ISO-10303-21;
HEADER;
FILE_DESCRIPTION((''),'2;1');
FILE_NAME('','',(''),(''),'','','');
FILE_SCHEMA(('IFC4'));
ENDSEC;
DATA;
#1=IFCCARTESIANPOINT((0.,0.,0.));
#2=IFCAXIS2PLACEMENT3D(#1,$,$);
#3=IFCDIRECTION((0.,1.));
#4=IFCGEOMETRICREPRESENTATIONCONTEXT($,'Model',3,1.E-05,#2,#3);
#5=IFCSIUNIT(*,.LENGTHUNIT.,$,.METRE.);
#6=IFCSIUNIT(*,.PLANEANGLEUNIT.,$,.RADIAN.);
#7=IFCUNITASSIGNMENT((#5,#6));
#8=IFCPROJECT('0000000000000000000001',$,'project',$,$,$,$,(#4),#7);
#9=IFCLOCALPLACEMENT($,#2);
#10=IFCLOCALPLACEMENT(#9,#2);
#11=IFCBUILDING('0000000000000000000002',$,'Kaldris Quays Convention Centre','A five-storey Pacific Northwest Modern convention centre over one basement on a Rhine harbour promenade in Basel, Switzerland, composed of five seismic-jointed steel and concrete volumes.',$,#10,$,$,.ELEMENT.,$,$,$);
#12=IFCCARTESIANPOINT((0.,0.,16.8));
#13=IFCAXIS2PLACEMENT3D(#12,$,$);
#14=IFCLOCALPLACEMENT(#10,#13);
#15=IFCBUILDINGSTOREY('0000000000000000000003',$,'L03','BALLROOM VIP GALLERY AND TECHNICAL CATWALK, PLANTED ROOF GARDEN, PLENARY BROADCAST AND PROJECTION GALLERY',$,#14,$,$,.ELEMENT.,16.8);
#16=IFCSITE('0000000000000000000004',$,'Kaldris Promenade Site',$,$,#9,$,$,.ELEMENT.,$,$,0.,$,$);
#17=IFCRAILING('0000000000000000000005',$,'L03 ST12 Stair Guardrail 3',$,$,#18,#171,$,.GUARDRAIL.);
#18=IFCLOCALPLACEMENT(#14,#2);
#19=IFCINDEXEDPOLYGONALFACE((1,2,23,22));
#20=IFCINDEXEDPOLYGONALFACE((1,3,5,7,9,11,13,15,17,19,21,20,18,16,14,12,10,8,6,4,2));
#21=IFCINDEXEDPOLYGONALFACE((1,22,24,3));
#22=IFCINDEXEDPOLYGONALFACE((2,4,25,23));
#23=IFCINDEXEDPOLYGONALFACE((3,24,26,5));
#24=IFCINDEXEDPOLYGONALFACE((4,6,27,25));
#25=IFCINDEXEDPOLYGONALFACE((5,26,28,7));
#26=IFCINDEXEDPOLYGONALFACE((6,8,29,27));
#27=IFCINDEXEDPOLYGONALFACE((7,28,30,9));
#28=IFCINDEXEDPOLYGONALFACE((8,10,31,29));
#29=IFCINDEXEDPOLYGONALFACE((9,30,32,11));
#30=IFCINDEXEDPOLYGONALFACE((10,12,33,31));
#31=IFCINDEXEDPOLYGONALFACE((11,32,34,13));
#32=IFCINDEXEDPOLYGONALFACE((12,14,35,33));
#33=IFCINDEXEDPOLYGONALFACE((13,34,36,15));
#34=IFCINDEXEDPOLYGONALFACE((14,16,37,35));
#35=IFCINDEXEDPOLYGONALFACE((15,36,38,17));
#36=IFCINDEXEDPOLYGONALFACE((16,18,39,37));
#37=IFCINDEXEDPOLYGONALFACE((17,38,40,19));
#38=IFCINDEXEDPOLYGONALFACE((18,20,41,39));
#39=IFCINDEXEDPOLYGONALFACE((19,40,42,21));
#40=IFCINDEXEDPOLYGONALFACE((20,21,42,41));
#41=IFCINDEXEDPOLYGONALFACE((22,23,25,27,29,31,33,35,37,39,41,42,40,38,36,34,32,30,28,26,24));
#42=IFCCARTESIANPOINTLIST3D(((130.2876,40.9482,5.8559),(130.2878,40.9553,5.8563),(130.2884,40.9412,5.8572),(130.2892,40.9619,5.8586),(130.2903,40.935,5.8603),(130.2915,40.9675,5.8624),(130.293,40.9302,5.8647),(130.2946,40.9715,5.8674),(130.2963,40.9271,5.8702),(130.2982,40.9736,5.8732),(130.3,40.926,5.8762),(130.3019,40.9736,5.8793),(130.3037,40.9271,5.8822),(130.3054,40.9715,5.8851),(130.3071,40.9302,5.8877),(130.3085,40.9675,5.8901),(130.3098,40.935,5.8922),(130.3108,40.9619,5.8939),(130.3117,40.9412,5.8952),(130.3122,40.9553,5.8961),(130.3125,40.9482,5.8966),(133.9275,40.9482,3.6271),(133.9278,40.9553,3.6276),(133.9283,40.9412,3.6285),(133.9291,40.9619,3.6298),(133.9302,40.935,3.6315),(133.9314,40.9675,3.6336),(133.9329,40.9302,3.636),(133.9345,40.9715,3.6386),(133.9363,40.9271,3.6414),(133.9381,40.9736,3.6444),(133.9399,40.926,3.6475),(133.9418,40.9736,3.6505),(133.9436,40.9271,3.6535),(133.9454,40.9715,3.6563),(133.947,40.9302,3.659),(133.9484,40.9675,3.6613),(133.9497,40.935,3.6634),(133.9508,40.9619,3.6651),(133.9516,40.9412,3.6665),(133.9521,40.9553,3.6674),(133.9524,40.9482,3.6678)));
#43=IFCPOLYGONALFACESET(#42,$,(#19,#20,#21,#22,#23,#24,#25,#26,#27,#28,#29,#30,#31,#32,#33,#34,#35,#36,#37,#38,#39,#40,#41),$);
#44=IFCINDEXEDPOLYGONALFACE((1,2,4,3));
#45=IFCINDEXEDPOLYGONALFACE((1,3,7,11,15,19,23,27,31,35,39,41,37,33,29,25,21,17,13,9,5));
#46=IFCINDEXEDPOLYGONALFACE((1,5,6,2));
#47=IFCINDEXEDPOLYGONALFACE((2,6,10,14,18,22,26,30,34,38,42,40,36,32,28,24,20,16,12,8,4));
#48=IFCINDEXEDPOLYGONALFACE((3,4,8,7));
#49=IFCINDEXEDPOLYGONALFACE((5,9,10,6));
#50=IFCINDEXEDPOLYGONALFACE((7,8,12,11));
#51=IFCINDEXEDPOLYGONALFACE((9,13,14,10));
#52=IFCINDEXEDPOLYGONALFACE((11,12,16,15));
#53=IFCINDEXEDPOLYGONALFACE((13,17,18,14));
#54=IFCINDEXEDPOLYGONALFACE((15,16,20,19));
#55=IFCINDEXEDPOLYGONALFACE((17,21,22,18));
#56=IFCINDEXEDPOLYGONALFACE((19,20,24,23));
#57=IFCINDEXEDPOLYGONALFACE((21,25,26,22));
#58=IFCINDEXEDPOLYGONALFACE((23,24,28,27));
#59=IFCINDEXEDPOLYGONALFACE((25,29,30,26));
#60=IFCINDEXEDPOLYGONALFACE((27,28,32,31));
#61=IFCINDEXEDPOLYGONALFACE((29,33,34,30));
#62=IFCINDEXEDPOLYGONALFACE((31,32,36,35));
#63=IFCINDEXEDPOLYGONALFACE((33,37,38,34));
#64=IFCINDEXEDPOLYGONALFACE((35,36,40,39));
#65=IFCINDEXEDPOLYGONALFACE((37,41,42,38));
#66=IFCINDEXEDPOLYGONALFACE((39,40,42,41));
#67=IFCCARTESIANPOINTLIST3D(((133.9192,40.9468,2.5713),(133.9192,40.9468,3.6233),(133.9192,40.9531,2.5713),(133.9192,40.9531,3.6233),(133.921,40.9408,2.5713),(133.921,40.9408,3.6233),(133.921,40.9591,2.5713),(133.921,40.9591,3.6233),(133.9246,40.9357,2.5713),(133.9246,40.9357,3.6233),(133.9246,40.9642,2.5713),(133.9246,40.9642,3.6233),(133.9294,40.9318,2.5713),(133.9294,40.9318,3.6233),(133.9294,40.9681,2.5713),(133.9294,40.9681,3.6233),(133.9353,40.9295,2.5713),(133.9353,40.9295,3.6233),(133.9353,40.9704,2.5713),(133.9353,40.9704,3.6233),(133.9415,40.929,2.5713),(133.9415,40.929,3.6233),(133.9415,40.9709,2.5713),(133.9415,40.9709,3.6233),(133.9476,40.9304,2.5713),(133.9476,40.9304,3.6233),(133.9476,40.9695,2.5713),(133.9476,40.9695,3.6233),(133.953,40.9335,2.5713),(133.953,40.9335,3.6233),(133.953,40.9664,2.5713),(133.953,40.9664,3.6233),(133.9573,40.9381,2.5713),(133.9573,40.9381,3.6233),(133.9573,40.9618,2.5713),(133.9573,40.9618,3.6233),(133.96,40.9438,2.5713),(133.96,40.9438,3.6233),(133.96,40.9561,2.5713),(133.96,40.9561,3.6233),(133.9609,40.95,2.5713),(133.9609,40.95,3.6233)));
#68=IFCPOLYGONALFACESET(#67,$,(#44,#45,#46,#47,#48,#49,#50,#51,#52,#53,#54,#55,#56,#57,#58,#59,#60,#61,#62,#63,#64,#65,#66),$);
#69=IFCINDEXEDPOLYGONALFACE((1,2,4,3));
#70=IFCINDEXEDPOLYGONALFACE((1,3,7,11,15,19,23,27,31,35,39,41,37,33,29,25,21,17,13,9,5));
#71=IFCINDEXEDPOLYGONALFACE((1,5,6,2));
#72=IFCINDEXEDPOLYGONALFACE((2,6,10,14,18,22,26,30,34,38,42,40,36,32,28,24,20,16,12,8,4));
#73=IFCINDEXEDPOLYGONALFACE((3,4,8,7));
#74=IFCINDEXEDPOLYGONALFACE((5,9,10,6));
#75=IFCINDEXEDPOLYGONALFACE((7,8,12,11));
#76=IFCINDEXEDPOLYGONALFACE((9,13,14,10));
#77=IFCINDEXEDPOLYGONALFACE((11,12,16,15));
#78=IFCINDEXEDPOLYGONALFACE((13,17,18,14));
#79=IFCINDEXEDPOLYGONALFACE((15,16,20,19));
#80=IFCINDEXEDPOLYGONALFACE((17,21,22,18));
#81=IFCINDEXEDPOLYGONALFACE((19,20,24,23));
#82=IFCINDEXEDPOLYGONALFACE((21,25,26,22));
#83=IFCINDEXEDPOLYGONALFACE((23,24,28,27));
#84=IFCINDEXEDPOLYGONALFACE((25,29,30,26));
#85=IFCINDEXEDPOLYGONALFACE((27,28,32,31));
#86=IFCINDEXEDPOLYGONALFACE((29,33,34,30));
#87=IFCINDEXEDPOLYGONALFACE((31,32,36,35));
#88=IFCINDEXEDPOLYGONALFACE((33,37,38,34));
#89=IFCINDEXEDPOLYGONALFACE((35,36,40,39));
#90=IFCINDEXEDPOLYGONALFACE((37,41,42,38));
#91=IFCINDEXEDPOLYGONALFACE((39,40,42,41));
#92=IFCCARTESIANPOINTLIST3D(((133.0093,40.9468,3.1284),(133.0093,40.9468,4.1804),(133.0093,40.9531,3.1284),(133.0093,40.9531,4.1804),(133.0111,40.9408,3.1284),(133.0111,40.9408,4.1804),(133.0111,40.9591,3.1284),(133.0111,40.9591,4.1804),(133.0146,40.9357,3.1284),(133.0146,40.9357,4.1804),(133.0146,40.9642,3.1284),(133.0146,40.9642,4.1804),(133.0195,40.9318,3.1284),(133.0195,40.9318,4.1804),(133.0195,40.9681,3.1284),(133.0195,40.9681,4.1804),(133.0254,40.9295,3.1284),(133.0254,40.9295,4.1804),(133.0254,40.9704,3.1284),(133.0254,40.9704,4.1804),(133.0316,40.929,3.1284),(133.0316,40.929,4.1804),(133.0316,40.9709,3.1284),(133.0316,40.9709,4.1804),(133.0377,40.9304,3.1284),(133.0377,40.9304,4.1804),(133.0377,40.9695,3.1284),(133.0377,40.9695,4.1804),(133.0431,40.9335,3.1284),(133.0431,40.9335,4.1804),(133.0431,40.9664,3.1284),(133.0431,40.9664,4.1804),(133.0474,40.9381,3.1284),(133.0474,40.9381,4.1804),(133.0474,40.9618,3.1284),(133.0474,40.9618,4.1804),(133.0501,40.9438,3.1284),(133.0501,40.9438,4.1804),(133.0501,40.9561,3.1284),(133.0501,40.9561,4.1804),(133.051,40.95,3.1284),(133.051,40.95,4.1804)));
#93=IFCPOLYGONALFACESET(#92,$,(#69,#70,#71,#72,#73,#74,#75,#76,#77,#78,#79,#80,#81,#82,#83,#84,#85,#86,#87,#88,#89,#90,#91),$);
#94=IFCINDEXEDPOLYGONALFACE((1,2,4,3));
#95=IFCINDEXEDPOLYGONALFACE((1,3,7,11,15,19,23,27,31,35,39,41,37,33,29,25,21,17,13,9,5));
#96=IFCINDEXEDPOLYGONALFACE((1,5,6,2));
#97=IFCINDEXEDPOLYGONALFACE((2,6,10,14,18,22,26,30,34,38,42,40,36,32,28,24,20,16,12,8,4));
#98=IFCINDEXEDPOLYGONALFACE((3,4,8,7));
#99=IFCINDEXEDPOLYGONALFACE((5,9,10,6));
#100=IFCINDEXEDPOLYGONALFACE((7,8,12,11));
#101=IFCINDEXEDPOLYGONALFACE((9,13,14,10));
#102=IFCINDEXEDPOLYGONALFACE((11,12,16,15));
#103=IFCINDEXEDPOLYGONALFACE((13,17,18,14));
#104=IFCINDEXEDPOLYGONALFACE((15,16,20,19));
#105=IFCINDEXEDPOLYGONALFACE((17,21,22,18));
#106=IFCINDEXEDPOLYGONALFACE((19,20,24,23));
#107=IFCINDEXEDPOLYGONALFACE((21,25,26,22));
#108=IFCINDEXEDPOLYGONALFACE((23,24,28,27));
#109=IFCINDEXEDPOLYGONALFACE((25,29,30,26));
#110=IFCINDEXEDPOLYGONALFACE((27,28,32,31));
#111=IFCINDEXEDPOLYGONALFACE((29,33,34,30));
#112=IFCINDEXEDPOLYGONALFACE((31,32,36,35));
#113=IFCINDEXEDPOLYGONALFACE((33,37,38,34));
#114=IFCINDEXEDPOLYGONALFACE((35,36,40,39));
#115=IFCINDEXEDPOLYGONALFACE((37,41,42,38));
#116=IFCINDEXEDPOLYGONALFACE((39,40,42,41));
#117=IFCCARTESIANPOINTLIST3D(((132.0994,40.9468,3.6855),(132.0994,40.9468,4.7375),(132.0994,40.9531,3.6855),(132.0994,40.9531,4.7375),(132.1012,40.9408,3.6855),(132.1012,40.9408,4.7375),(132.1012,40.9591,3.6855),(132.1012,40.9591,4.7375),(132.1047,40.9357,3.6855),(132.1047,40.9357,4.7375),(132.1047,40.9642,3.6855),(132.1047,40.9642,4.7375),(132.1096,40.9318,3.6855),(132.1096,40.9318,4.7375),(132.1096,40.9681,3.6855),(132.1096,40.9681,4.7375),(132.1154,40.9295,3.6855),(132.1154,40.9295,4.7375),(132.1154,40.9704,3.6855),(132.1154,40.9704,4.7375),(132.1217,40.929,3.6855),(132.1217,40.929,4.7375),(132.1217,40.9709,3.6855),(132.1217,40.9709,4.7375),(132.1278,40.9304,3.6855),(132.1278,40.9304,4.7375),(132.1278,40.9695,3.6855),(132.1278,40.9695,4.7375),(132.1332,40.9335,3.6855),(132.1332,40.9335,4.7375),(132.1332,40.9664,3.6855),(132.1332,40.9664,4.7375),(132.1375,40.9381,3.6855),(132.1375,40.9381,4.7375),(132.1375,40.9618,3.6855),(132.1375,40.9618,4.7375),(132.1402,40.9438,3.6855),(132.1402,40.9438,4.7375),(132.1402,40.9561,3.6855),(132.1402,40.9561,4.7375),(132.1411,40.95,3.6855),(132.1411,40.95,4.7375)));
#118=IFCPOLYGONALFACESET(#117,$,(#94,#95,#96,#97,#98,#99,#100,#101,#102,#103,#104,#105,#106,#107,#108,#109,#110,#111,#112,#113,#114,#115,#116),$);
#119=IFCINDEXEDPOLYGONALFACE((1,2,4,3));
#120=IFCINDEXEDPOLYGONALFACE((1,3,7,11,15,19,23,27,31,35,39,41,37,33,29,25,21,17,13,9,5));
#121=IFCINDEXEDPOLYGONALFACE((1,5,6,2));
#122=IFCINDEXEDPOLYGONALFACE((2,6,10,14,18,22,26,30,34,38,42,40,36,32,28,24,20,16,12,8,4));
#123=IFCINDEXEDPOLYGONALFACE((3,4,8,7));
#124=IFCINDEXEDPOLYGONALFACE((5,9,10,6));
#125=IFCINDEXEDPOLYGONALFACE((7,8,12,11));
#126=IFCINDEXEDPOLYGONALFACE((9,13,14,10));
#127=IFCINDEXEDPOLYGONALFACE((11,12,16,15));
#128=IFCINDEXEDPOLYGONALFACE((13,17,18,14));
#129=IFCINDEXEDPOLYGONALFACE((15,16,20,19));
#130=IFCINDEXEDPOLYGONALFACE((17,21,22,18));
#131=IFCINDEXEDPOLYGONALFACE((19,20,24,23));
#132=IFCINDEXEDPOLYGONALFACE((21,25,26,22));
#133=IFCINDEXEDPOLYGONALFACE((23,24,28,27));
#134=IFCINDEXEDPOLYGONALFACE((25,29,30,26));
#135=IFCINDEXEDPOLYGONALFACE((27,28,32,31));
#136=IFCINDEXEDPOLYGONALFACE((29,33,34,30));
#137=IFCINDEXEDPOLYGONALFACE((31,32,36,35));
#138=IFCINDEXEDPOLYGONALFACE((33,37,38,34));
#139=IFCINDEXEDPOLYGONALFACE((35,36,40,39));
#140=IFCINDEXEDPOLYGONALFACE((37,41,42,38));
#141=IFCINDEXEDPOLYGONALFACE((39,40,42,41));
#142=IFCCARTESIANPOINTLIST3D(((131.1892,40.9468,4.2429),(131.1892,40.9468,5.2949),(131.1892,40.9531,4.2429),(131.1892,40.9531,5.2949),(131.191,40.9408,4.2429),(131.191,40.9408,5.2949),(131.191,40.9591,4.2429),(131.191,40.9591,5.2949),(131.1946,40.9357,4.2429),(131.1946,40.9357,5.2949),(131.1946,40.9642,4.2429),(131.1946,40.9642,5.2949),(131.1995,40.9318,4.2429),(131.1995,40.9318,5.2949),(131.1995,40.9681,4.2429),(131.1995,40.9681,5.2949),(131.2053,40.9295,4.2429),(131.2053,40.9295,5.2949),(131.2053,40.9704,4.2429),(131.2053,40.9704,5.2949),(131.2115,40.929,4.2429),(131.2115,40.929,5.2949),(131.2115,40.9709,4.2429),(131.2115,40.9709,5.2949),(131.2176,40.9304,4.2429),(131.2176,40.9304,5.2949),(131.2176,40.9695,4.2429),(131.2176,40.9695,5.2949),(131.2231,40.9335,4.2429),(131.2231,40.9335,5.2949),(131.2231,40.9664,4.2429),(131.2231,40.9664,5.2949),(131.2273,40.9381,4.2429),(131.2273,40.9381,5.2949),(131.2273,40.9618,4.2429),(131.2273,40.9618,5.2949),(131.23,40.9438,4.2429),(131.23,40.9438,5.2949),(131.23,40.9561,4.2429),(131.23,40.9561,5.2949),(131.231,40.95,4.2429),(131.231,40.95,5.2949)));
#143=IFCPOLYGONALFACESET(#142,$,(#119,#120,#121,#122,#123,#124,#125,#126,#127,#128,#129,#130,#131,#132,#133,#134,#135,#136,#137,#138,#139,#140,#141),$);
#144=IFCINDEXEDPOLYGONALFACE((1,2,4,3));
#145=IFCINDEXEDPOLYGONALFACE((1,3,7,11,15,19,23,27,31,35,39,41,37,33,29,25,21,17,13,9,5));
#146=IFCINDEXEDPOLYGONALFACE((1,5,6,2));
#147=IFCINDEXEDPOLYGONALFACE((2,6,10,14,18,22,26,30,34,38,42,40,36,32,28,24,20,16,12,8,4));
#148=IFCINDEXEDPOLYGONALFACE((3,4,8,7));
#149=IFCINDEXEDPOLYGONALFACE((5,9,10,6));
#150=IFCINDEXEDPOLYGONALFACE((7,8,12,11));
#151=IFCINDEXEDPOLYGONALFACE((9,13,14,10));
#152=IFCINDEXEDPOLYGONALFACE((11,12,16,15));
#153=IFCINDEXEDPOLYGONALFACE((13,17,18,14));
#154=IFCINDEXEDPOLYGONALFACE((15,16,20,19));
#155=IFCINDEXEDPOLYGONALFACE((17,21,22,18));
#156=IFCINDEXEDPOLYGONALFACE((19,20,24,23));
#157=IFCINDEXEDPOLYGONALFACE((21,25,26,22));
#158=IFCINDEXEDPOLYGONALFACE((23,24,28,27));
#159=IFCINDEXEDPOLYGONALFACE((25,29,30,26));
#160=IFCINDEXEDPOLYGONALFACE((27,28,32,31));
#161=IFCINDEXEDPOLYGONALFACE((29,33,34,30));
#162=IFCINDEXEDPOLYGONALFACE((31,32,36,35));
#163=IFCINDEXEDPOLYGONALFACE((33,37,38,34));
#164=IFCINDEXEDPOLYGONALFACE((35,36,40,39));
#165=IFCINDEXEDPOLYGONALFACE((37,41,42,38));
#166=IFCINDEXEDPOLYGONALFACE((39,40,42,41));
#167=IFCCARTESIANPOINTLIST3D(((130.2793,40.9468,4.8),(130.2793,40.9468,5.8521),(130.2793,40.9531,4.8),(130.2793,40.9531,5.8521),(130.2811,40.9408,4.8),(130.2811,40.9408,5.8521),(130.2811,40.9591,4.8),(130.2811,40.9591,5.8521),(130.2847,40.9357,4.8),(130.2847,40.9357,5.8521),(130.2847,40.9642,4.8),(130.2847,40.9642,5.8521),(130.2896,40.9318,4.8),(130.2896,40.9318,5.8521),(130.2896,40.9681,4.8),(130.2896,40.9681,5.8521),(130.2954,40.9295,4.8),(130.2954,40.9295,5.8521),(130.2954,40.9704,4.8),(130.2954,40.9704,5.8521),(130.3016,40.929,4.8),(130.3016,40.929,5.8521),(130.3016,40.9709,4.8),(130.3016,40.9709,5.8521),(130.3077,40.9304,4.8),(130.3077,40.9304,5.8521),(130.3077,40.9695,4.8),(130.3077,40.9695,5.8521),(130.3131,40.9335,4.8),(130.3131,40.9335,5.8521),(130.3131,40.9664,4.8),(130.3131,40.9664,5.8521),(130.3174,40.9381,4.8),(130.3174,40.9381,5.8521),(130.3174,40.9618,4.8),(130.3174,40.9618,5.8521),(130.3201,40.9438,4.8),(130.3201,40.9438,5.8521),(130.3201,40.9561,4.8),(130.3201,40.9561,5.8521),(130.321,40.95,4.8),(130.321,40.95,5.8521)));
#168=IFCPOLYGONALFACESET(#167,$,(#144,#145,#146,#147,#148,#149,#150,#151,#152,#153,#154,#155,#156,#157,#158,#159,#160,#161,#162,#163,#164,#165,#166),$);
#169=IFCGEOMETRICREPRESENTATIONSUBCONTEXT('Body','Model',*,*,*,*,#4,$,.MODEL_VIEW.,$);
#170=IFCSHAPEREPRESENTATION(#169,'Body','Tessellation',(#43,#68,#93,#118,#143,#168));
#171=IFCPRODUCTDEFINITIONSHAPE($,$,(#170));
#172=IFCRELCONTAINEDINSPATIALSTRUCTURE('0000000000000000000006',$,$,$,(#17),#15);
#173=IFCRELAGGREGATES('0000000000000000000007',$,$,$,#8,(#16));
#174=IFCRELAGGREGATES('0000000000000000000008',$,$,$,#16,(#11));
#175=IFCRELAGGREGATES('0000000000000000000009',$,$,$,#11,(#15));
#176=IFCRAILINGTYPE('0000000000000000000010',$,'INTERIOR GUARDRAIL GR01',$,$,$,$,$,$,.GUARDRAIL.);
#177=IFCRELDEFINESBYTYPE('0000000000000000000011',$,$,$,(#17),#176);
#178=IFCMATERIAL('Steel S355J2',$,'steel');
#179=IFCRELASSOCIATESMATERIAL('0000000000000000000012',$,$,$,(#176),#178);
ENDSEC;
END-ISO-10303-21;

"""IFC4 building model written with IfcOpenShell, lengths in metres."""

from ifc_helpers import new_model, si_unit, direction, frame, origin, origin_2d, place, context, subcontext, project, spatial, circle, extrude, material, type_object, element, save


model = new_model("IFC4")

# Units and contexts
model_context = context("Model", 3, precision=1e-05, world=origin(), true_north=direction((0.0, 1.0)))
body_context = subcontext(model_context, "Body", "Model", "MODEL_VIEW")
ifc_project = project(units=[si_unit("LENGTHUNIT", "METRE"), si_unit("PLANEANGLEUNIT", "RADIAN")], contexts=[model_context])

# Site, building, storey
site_placement = place(None, origin())
site = spatial("IfcSite", under=ifc_project, at=site_placement, Name="Kaldris Promenade Site", CompositionType="ELEMENT", RefElevation=0.0)
building_placement = place(site_placement, origin())
building = spatial("IfcBuilding", under=site, at=building_placement, Name="Kaldris Quays Convention Centre", Description="A five-storey Pacific Northwest Modern convention centre over one basement on a Rhine harbour promenade in Basel, Switzerland, composed of five seismic-jointed steel and concrete volumes.", CompositionType="ELEMENT")
storey_placement = place(building_placement, frame((0.0, 0.0, 16.8)))
storey = spatial("IfcBuildingStorey", under=building, at=storey_placement, Name="L03", Description="BALLROOM VIP GALLERY AND TECHNICAL CATWALK, PLANTED ROOF GARDEN, PLENARY BROADCAST AND PROJECTION GALLERY", CompositionType="ELEMENT", Elevation=16.8)

# Shared definitions
ifc_material_1 = material(Name="Steel S355J2", Category="steel")

# Railing
railing_type_1 = type_object("IfcRailingType", Name="INTERIOR GUARDRAIL GR01", PredefinedType="GUARDRAIL", material=ifc_material_1)
for number, where, name in (
    (1, (133.9399, 40.95, 2.5713), "L03 ST12 Stair Guardrail 3"),
):
    element("IfcRailing", number, at=place(storey_placement, frame(where)), inside=storey, type_object=railing_type_1, Name=name, PredefinedType="GUARDRAIL", context=body_context, shape_type="SweptSolid", body=[
        extrude(circle(Radius=0.0239, at=origin_2d()), frame((0.0, 0.0, 1.0762), z_axis=(-0.852825, 0.0, 0.522197), x_axis=(0.0, -1.0, 0.0)), (0.0, 0.0, 1.0), 4.2681),
        extrude(circle(Radius=0.021, at=origin_2d()), origin(), (0.0, 0.0, 1.0), 1.052),
        extrude(circle(Radius=0.021, at=origin_2d()), frame((-0.9099, 0.0, 0.5571)), (0.0, 0.0, 1.0), 1.052),
        extrude(circle(Radius=0.021, at=origin_2d()), frame((-1.8198, 0.0, 1.1143)), (0.0, 0.0, 1.0), 1.052),
        extrude(circle(Radius=0.021, at=origin_2d()), frame((-2.73, 0.0, 1.6716)), (0.0, 0.0, 1.0), 1.052),
        extrude(circle(Radius=0.021, at=origin_2d()), frame((-3.6399, 0.0, 2.2288)), (0.0, 0.0, 1.0), 1.052),
    ])

save(model, "model.ifc")
